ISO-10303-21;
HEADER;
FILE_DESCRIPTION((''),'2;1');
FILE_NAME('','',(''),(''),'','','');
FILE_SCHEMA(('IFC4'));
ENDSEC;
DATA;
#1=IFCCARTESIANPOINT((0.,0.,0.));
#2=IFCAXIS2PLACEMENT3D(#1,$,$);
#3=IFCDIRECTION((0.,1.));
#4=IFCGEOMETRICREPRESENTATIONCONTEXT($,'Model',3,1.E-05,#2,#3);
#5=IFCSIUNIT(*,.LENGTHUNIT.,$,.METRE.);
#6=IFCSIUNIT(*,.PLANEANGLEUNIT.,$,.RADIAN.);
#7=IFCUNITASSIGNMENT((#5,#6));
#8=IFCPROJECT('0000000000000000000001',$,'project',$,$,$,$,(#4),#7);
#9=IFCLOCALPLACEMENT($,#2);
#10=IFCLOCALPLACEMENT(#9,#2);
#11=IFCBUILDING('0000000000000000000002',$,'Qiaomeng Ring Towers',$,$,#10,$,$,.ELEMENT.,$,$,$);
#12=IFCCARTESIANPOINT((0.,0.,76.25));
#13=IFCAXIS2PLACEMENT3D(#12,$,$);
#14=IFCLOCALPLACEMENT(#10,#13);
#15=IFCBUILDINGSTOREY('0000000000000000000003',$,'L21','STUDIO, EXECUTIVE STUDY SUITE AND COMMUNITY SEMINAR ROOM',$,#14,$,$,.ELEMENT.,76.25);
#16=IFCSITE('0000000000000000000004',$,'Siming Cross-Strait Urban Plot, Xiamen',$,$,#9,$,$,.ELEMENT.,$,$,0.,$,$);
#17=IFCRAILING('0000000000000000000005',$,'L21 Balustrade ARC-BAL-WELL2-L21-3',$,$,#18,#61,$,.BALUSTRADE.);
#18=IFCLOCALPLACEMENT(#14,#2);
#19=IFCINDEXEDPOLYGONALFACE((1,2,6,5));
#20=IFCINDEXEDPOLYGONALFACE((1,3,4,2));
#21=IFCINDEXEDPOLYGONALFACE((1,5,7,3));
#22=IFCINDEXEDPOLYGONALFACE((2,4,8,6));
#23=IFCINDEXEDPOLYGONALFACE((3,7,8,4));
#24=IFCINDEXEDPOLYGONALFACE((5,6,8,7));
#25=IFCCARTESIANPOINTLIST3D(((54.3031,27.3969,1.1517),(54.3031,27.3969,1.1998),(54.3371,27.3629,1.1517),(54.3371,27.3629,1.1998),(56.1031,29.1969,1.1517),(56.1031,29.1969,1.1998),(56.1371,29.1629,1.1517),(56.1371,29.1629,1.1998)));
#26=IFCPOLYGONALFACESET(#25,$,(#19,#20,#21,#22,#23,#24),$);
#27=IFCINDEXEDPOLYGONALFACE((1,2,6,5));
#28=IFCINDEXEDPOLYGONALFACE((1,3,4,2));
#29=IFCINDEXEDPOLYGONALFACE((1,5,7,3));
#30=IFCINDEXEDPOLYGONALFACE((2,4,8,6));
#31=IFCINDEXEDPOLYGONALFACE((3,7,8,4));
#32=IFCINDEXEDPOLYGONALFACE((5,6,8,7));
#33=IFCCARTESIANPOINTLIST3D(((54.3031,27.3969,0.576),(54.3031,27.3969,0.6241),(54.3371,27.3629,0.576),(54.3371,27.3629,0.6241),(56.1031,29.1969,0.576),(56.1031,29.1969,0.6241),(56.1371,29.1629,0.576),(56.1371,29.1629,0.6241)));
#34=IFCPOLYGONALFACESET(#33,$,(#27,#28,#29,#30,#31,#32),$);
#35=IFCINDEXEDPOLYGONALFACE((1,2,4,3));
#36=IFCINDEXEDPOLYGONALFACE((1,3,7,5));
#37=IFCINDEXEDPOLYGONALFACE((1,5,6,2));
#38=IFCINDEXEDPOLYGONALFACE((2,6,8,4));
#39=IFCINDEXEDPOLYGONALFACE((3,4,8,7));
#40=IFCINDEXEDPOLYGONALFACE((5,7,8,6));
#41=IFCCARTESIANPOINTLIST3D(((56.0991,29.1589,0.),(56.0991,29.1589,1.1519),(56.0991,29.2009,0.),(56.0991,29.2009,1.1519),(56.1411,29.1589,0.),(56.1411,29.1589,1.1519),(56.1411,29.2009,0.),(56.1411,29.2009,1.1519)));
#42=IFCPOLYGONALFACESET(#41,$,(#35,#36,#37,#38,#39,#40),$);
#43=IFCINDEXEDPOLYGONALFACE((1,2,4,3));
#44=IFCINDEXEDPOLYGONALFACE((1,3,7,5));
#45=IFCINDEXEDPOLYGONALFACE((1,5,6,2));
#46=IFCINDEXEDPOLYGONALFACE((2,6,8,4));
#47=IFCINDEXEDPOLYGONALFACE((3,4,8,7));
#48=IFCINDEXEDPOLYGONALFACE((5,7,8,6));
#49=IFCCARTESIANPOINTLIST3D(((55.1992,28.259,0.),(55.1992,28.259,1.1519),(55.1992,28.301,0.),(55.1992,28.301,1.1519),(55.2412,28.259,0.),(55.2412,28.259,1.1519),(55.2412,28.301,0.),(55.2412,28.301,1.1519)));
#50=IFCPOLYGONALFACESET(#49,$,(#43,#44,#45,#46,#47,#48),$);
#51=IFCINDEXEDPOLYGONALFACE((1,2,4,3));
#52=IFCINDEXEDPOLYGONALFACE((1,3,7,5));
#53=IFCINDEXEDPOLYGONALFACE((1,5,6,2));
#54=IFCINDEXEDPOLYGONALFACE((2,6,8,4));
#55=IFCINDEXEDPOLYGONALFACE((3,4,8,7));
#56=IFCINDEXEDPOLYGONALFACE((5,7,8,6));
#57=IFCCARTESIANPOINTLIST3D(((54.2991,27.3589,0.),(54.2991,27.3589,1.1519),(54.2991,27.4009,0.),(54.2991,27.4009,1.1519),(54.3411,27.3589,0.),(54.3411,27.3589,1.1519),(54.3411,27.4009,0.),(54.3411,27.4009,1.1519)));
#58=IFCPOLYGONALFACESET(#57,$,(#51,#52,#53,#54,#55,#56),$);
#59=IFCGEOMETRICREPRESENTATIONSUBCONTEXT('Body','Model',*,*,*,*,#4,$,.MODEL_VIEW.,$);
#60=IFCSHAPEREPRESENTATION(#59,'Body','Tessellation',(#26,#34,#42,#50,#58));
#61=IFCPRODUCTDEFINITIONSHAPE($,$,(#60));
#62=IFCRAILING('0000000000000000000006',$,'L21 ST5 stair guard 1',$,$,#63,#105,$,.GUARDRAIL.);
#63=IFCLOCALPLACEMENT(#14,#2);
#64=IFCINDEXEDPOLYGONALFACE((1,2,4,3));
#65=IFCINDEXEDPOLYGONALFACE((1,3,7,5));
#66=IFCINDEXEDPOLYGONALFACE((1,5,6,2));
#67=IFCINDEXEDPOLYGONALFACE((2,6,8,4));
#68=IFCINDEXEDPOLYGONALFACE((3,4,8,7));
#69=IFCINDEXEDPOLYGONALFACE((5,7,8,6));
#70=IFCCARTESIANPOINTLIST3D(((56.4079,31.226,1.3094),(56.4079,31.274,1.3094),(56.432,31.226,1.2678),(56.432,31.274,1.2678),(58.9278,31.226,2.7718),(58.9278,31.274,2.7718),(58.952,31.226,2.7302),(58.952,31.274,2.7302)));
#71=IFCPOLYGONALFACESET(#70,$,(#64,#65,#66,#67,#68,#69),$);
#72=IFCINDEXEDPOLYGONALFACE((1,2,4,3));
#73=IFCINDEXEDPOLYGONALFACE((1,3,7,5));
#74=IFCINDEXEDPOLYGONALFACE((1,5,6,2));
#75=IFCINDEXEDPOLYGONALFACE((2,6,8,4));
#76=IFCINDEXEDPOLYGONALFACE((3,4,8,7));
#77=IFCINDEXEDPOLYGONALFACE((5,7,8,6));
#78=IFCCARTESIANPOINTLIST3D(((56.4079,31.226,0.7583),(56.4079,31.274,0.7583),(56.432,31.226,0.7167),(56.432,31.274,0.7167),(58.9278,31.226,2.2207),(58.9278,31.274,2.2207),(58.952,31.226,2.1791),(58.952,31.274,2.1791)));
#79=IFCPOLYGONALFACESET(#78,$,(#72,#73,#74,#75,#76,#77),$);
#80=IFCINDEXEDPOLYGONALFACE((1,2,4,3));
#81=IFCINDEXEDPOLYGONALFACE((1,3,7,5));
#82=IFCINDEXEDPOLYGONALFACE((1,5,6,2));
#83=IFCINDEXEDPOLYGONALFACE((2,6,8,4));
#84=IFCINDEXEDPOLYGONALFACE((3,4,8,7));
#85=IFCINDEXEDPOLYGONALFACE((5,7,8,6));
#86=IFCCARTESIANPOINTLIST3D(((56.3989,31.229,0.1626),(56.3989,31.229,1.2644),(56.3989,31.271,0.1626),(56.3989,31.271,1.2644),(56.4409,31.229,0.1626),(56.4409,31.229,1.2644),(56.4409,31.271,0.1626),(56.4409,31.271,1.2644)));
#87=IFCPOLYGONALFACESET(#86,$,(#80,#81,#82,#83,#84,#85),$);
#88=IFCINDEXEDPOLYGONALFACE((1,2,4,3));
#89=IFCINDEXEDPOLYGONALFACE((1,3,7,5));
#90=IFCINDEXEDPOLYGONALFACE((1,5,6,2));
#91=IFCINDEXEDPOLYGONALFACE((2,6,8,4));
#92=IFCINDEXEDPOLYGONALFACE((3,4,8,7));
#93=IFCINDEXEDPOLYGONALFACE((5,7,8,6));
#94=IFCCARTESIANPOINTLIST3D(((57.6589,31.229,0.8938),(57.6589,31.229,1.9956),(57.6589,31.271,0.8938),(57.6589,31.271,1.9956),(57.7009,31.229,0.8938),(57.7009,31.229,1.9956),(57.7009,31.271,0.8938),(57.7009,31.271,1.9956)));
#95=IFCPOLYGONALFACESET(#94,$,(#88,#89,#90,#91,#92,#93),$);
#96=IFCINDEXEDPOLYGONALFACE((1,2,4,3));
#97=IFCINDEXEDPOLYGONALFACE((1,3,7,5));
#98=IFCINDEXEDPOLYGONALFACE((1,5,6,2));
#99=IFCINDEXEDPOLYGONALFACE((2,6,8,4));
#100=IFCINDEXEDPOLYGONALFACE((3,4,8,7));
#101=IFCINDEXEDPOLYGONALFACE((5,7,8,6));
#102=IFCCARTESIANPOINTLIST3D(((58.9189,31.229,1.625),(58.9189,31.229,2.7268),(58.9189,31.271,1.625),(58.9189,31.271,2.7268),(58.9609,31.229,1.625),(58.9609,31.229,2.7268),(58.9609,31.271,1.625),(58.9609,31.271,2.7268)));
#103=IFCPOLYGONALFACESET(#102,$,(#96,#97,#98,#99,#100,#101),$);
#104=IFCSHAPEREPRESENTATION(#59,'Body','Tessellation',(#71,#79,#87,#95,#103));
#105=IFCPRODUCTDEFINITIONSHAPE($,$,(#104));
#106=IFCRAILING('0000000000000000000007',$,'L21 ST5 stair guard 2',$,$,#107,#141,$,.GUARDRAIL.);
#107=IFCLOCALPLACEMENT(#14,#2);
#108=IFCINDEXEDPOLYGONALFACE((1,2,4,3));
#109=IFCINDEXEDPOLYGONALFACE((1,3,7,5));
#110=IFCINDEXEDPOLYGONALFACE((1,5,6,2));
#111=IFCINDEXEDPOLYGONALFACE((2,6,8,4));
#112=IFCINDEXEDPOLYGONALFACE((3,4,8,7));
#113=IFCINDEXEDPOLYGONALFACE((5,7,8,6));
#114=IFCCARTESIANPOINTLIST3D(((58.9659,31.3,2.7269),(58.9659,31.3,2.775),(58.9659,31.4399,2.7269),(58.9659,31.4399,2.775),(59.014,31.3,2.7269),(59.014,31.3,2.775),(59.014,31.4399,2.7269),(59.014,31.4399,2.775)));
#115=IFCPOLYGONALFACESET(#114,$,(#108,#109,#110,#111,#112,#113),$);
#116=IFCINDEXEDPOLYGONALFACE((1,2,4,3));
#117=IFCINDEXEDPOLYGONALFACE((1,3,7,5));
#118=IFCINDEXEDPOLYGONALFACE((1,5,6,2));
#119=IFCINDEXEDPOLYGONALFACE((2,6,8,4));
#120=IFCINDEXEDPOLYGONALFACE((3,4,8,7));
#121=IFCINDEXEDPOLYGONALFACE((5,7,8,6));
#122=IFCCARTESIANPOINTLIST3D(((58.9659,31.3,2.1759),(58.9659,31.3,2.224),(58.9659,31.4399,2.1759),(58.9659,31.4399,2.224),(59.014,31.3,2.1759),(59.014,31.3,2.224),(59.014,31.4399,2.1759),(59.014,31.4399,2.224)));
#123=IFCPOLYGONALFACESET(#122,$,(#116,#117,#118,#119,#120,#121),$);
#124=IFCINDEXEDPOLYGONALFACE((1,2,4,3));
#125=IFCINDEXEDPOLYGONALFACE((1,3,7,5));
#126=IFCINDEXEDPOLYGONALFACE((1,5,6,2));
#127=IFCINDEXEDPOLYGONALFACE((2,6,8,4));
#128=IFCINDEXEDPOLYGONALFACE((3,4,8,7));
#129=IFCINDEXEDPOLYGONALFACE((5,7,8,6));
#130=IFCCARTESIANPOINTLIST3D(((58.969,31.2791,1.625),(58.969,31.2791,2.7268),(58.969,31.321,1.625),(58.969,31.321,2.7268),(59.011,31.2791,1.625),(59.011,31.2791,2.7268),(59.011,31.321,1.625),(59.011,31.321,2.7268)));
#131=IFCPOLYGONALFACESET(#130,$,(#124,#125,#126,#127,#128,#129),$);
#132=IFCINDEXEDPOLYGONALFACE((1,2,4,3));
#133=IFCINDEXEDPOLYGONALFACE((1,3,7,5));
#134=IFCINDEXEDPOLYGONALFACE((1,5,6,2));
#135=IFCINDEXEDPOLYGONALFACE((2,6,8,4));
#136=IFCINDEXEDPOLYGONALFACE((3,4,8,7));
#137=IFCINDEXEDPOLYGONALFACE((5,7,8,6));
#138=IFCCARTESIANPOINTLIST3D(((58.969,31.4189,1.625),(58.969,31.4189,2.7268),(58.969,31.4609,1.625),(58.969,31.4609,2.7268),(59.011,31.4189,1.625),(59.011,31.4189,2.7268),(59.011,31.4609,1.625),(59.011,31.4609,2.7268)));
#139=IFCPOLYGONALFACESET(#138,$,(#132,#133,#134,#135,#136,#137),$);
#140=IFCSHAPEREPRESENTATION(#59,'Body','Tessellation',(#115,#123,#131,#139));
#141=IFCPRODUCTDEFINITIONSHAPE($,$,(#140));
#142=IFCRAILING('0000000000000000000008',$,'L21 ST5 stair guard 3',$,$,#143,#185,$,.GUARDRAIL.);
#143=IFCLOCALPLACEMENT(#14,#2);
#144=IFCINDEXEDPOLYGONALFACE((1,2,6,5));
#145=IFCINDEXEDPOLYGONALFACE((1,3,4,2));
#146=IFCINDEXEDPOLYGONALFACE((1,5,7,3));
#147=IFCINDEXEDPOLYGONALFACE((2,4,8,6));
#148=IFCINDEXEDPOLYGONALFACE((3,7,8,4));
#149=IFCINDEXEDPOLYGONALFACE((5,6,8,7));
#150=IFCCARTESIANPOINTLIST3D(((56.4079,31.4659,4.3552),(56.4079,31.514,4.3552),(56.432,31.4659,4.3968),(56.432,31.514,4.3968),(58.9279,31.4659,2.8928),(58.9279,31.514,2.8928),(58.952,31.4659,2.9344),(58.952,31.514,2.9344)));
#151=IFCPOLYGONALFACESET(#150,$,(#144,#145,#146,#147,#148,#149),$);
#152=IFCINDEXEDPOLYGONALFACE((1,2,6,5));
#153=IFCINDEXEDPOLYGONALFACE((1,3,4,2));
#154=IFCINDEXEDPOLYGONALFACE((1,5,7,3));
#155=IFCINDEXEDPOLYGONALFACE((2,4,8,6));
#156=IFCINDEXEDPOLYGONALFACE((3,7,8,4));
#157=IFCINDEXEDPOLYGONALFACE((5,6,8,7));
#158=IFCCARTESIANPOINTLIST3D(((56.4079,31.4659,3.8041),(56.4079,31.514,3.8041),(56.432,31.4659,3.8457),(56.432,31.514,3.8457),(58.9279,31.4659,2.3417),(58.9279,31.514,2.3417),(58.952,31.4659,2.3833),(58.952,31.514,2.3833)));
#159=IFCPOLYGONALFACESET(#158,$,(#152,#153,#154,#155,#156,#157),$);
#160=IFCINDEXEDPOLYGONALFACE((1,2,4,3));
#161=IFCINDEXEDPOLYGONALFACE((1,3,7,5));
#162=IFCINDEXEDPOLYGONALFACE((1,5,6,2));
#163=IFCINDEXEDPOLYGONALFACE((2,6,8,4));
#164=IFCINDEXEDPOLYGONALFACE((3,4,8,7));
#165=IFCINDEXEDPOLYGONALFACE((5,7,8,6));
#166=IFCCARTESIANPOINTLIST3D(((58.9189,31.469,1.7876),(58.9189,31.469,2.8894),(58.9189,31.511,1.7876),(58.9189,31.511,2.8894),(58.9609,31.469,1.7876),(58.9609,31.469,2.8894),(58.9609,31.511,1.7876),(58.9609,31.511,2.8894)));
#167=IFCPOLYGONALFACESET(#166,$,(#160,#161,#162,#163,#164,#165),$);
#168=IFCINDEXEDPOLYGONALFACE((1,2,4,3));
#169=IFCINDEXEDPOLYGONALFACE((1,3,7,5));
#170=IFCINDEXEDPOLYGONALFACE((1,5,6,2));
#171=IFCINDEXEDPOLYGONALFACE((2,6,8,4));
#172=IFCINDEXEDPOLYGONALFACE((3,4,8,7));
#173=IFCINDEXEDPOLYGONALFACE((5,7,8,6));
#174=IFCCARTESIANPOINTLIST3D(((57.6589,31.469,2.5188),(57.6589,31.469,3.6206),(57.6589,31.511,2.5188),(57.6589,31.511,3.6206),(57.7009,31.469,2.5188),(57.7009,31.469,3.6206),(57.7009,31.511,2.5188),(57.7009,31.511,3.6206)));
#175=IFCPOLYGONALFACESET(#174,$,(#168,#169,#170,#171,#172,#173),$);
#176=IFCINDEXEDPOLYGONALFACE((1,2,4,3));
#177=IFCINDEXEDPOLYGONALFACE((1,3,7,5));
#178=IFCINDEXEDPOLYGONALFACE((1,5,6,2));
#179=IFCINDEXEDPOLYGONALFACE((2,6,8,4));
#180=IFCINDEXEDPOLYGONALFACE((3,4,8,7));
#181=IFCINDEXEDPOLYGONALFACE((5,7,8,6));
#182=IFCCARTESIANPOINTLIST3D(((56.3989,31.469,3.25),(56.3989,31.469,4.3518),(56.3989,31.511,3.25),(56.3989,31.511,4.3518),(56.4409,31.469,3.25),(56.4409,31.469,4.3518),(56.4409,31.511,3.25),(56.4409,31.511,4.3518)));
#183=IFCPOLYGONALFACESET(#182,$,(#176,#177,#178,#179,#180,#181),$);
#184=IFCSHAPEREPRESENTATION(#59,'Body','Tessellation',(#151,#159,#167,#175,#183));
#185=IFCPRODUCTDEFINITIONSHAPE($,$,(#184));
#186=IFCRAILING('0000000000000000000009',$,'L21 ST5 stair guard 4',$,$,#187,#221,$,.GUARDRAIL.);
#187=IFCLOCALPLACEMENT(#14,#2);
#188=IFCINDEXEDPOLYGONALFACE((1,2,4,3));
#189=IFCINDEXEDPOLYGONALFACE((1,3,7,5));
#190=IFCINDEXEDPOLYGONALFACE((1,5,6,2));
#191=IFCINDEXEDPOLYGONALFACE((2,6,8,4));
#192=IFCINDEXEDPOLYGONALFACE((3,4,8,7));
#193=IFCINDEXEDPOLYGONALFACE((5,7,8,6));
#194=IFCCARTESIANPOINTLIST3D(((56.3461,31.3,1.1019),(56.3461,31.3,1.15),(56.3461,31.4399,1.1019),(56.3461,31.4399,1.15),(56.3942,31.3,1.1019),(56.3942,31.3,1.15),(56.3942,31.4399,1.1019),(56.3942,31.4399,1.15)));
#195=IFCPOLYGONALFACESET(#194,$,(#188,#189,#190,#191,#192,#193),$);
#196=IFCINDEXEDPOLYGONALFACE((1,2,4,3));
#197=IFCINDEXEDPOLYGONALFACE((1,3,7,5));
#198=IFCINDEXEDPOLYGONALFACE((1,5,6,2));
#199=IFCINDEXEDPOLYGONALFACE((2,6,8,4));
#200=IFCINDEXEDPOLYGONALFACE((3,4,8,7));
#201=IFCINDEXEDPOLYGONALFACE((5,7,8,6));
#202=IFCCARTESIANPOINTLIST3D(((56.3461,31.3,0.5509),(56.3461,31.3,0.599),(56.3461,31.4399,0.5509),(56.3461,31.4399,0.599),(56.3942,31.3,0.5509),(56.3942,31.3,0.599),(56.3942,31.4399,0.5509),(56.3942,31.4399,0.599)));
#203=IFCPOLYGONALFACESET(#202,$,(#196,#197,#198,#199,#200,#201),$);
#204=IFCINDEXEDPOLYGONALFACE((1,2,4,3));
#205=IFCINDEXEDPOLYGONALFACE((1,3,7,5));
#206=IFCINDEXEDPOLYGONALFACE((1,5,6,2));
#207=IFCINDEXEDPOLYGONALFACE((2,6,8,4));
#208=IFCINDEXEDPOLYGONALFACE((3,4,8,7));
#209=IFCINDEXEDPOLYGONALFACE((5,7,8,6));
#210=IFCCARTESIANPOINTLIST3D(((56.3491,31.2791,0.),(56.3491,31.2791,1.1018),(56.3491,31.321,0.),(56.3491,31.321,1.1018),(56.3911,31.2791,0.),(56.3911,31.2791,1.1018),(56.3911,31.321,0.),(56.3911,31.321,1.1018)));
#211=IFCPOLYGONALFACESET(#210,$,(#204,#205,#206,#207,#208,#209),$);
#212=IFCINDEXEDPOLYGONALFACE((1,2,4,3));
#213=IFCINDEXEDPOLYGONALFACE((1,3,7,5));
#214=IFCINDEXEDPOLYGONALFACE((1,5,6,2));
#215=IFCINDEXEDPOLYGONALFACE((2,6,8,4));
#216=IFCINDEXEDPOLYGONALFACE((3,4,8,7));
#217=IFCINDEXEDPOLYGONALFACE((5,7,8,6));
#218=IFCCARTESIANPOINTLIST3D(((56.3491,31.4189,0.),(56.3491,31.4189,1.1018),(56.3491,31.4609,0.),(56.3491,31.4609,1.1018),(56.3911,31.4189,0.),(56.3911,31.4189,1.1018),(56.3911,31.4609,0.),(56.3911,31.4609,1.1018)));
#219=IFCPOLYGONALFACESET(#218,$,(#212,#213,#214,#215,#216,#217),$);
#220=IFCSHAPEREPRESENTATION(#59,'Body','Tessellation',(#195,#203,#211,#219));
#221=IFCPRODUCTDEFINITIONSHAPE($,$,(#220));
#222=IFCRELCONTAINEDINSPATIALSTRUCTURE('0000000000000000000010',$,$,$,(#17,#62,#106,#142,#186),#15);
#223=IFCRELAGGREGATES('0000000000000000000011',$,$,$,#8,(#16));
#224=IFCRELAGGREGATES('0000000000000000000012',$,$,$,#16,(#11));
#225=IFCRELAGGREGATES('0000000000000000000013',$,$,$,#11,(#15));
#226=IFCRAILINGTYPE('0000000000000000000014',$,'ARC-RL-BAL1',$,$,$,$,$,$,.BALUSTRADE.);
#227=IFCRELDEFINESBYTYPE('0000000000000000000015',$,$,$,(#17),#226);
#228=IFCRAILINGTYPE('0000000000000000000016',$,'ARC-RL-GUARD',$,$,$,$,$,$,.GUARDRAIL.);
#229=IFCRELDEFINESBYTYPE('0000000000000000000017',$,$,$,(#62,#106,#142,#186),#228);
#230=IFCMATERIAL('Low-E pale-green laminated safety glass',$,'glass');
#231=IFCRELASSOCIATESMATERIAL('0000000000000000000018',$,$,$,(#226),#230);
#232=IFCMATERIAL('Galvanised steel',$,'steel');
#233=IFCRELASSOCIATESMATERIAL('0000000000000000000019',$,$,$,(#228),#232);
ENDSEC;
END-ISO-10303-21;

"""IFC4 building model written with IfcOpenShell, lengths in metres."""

from ifc_helpers import new_model, si_unit, direction, frame, origin, origin_2d, place, context, subcontext, project, spatial, rectangle, extrude, material, type_object, element, save


model = new_model("IFC4")

# Units and contexts
model_context = context("Model", 3, precision=1e-05, world=origin(), true_north=direction((0.0, 1.0)))
body_context = subcontext(model_context, "Body", "Model", "MODEL_VIEW")
ifc_project = project(units=[si_unit("LENGTHUNIT", "METRE"), si_unit("PLANEANGLEUNIT", "RADIAN")], contexts=[model_context])

# Site, building, storey
site_placement = place(None, origin())
site = spatial("IfcSite", under=ifc_project, at=site_placement, Name="Siming Cross-Strait Urban Plot, Xiamen", CompositionType="ELEMENT", RefElevation=0.0)
building_placement = place(site_placement, origin())
building = spatial("IfcBuilding", under=site, at=building_placement, Name="Qiaomeng Ring Towers", CompositionType="ELEMENT")
storey_placement = place(building_placement, frame((0.0, 0.0, 76.25)))
storey = spatial("IfcBuildingStorey", under=building, at=storey_placement, Name="L21", Description="STUDIO, EXECUTIVE STUDY SUITE AND COMMUNITY SEMINAR ROOM", CompositionType="ELEMENT", Elevation=76.25)

# Shared definitions
ifc_material_1 = material(Name="Galvanised steel", Category="steel")

# Railings
ifc_material_2 = material(Name="Low-E pale-green laminated safety glass", Category="glass")
railing_type_1 = type_object("IfcRailingType", Name="ARC-RL-BAL1", PredefinedType="BALUSTRADE", material=ifc_material_2)
railing_1_placement = place(storey_placement, frame((56.1201, 29.1799, 0.0)))
element("IfcRailing", 1, at=railing_1_placement, inside=storey, type_object=railing_type_1, Name="L21 Balustrade ARC-BAL-WELL2-L21-3", PredefinedType="BALUSTRADE", context=body_context, shape_type="SweptSolid", body=[
    extrude(rectangle(XDim=0.0481, YDim=0.0481, at=origin_2d()), frame((0.0, 0.0, 1.1758), z_axis=(-0.707107, -0.707107, 0.0), x_axis=(0.707107, -0.707107, 0.0)), (0.0, 0.0, 1.0), 2.5457),
    extrude(rectangle(XDim=0.0481, YDim=0.0481, at=origin_2d()), frame((0.0, 0.0, 0.6001), z_axis=(-0.707107, -0.707107, 0.0), x_axis=(0.707107, -0.707107, 0.0)), (0.0, 0.0, 1.0), 2.5457),
    extrude(rectangle(XDim=0.042, YDim=0.042, at=origin_2d()), origin(), (0.0, 0.0, 1.0), 1.1519),
    extrude(rectangle(XDim=0.042, YDim=0.042, at=origin_2d()), frame((-0.8999, -0.8999, 0.0)), (0.0, 0.0, 1.0), 1.1519),
    extrude(rectangle(XDim=0.042, YDim=0.042, at=origin_2d()), frame((-1.8, -1.8, 0.0)), (0.0, 0.0, 1.0), 1.1519),
])
railing_type_2 = type_object("IfcRailingType", Name="ARC-RL-GUARD", PredefinedType="GUARDRAIL", material=ifc_material_1)
railing_2_placement = place(storey_placement, frame((56.4199, 31.25, 0.1626)))
element("IfcRailing", 2, at=railing_2_placement, inside=storey, type_object=railing_type_2, Name="L21 ST5 stair guard 1", PredefinedType="GUARDRAIL", context=body_context, shape_type="SweptSolid", body=[
    extrude(rectangle(XDim=0.0481, YDim=0.0481, at=origin_2d()), frame((0.0, 0.0, 1.126), z_axis=(0.864913, 0.0, 0.501921), x_axis=(0.0, 1.0, 0.0)), (0.0, 0.0, 1.0), 2.9136),
    extrude(rectangle(XDim=0.0481, YDim=0.0481, at=origin_2d()), frame((0.0, 0.0, 0.575), z_axis=(0.864913, 0.0, 0.501921), x_axis=(0.0, 1.0, 0.0)), (0.0, 0.0, 1.0), 2.9136),
    extrude(rectangle(XDim=0.042, YDim=0.042, at=origin_2d()), origin(), (0.0, 0.0, 1.0), 1.1018),
    extrude(rectangle(XDim=0.042, YDim=0.042, at=origin_2d()), frame((1.26, 0.0, 0.7312)), (0.0, 0.0, 1.0), 1.1018),
    extrude(rectangle(XDim=0.042, YDim=0.042, at=origin_2d()), frame((2.52, 0.0, 1.4624)), (0.0, 0.0, 1.0), 1.1018),
])
railing_3_placement = place(storey_placement, frame((58.99, 31.3, 1.625)))
element("IfcRailing", 3, at=railing_3_placement, inside=storey, type_object=railing_type_2, Name="L21 ST5 stair guard 2", PredefinedType="GUARDRAIL", context=body_context, shape_type="SweptSolid", body=[
    extrude(rectangle(XDim=0.0481, YDim=0.0481, at=origin_2d()), frame((0.0, 0.0, 1.126), z_axis=(0.0, 1.0, 0.0), x_axis=(-1.0, 0.0, 0.0)), (0.0, 0.0, 1.0), 0.1399),
    extrude(rectangle(XDim=0.0481, YDim=0.0481, at=origin_2d()), frame((0.0, 0.0, 0.575), z_axis=(0.0, 1.0, 0.0), x_axis=(-1.0, 0.0, 0.0)), (0.0, 0.0, 1.0), 0.1399),
    extrude(rectangle(XDim=0.042, YDim=0.042, at=origin_2d()), origin(), (0.0, 0.0, 1.0), 1.1018),
    extrude(rectangle(XDim=0.042, YDim=0.042, at=origin_2d()), frame((0.0, 0.1399, 0.0)), (0.0, 0.0, 1.0), 1.1018),
])
railing_4_placement = place(storey_placement, frame((58.9399, 31.49, 1.7876)))
element("IfcRailing", 4, at=railing_4_placement, inside=storey, type_object=railing_type_2, Name="L21 ST5 stair guard 3", PredefinedType="GUARDRAIL", context=body_context, shape_type="SweptSolid", body=[
    extrude(rectangle(XDim=0.0481, YDim=0.0481, at=origin_2d()), frame((0.0, 0.0, 1.126), z_axis=(-0.864913, 0.0, 0.501921), x_axis=(0.0, -1.0, 0.0)), (0.0, 0.0, 1.0), 2.9136),
    extrude(rectangle(XDim=0.0481, YDim=0.0481, at=origin_2d()), frame((0.0, 0.0, 0.575), z_axis=(-0.864913, 0.0, 0.501921), x_axis=(0.0, -1.0, 0.0)), (0.0, 0.0, 1.0), 2.9136),
    extrude(rectangle(XDim=0.042, YDim=0.042, at=origin_2d()), origin(), (0.0, 0.0, 1.0), 1.1018),
    extrude(rectangle(XDim=0.042, YDim=0.042, at=origin_2d()), frame((-1.26, 0.0, 0.7312)), (0.0, 0.0, 1.0), 1.1018),
    extrude(rectangle(XDim=0.042, YDim=0.042, at=origin_2d()), frame((-2.52, 0.0, 1.4624)), (0.0, 0.0, 1.0), 1.1018),
])
railing_5_placement = place(storey_placement, frame((56.3701, 31.3, 0.0)))
element("IfcRailing", 5, at=railing_5_placement, inside=storey, type_object=railing_type_2, Name="L21 ST5 stair guard 4", PredefinedType="GUARDRAIL", context=body_context, shape_type="SweptSolid", body=[
    extrude(rectangle(XDim=0.0481, YDim=0.0481, at=origin_2d()), frame((0.0, 0.0, 1.126), z_axis=(0.0, 1.0, 0.0), x_axis=(-1.0, 0.0, 0.0)), (0.0, 0.0, 1.0), 0.1399),
    extrude(rectangle(XDim=0.0481, YDim=0.0481, at=origin_2d()), frame((0.0, 0.0, 0.575), z_axis=(0.0, 1.0, 0.0), x_axis=(-1.0, 0.0, 0.0)), (0.0, 0.0, 1.0), 0.1399),
    extrude(rectangle(XDim=0.042, YDim=0.042, at=origin_2d()), origin(), (0.0, 0.0, 1.0), 1.1018),
    extrude(rectangle(XDim=0.042, YDim=0.042, at=origin_2d()), frame((0.0, 0.1399, 0.0)), (0.0, 0.0, 1.0), 1.1018),
])

save(model, "model.ifc")
